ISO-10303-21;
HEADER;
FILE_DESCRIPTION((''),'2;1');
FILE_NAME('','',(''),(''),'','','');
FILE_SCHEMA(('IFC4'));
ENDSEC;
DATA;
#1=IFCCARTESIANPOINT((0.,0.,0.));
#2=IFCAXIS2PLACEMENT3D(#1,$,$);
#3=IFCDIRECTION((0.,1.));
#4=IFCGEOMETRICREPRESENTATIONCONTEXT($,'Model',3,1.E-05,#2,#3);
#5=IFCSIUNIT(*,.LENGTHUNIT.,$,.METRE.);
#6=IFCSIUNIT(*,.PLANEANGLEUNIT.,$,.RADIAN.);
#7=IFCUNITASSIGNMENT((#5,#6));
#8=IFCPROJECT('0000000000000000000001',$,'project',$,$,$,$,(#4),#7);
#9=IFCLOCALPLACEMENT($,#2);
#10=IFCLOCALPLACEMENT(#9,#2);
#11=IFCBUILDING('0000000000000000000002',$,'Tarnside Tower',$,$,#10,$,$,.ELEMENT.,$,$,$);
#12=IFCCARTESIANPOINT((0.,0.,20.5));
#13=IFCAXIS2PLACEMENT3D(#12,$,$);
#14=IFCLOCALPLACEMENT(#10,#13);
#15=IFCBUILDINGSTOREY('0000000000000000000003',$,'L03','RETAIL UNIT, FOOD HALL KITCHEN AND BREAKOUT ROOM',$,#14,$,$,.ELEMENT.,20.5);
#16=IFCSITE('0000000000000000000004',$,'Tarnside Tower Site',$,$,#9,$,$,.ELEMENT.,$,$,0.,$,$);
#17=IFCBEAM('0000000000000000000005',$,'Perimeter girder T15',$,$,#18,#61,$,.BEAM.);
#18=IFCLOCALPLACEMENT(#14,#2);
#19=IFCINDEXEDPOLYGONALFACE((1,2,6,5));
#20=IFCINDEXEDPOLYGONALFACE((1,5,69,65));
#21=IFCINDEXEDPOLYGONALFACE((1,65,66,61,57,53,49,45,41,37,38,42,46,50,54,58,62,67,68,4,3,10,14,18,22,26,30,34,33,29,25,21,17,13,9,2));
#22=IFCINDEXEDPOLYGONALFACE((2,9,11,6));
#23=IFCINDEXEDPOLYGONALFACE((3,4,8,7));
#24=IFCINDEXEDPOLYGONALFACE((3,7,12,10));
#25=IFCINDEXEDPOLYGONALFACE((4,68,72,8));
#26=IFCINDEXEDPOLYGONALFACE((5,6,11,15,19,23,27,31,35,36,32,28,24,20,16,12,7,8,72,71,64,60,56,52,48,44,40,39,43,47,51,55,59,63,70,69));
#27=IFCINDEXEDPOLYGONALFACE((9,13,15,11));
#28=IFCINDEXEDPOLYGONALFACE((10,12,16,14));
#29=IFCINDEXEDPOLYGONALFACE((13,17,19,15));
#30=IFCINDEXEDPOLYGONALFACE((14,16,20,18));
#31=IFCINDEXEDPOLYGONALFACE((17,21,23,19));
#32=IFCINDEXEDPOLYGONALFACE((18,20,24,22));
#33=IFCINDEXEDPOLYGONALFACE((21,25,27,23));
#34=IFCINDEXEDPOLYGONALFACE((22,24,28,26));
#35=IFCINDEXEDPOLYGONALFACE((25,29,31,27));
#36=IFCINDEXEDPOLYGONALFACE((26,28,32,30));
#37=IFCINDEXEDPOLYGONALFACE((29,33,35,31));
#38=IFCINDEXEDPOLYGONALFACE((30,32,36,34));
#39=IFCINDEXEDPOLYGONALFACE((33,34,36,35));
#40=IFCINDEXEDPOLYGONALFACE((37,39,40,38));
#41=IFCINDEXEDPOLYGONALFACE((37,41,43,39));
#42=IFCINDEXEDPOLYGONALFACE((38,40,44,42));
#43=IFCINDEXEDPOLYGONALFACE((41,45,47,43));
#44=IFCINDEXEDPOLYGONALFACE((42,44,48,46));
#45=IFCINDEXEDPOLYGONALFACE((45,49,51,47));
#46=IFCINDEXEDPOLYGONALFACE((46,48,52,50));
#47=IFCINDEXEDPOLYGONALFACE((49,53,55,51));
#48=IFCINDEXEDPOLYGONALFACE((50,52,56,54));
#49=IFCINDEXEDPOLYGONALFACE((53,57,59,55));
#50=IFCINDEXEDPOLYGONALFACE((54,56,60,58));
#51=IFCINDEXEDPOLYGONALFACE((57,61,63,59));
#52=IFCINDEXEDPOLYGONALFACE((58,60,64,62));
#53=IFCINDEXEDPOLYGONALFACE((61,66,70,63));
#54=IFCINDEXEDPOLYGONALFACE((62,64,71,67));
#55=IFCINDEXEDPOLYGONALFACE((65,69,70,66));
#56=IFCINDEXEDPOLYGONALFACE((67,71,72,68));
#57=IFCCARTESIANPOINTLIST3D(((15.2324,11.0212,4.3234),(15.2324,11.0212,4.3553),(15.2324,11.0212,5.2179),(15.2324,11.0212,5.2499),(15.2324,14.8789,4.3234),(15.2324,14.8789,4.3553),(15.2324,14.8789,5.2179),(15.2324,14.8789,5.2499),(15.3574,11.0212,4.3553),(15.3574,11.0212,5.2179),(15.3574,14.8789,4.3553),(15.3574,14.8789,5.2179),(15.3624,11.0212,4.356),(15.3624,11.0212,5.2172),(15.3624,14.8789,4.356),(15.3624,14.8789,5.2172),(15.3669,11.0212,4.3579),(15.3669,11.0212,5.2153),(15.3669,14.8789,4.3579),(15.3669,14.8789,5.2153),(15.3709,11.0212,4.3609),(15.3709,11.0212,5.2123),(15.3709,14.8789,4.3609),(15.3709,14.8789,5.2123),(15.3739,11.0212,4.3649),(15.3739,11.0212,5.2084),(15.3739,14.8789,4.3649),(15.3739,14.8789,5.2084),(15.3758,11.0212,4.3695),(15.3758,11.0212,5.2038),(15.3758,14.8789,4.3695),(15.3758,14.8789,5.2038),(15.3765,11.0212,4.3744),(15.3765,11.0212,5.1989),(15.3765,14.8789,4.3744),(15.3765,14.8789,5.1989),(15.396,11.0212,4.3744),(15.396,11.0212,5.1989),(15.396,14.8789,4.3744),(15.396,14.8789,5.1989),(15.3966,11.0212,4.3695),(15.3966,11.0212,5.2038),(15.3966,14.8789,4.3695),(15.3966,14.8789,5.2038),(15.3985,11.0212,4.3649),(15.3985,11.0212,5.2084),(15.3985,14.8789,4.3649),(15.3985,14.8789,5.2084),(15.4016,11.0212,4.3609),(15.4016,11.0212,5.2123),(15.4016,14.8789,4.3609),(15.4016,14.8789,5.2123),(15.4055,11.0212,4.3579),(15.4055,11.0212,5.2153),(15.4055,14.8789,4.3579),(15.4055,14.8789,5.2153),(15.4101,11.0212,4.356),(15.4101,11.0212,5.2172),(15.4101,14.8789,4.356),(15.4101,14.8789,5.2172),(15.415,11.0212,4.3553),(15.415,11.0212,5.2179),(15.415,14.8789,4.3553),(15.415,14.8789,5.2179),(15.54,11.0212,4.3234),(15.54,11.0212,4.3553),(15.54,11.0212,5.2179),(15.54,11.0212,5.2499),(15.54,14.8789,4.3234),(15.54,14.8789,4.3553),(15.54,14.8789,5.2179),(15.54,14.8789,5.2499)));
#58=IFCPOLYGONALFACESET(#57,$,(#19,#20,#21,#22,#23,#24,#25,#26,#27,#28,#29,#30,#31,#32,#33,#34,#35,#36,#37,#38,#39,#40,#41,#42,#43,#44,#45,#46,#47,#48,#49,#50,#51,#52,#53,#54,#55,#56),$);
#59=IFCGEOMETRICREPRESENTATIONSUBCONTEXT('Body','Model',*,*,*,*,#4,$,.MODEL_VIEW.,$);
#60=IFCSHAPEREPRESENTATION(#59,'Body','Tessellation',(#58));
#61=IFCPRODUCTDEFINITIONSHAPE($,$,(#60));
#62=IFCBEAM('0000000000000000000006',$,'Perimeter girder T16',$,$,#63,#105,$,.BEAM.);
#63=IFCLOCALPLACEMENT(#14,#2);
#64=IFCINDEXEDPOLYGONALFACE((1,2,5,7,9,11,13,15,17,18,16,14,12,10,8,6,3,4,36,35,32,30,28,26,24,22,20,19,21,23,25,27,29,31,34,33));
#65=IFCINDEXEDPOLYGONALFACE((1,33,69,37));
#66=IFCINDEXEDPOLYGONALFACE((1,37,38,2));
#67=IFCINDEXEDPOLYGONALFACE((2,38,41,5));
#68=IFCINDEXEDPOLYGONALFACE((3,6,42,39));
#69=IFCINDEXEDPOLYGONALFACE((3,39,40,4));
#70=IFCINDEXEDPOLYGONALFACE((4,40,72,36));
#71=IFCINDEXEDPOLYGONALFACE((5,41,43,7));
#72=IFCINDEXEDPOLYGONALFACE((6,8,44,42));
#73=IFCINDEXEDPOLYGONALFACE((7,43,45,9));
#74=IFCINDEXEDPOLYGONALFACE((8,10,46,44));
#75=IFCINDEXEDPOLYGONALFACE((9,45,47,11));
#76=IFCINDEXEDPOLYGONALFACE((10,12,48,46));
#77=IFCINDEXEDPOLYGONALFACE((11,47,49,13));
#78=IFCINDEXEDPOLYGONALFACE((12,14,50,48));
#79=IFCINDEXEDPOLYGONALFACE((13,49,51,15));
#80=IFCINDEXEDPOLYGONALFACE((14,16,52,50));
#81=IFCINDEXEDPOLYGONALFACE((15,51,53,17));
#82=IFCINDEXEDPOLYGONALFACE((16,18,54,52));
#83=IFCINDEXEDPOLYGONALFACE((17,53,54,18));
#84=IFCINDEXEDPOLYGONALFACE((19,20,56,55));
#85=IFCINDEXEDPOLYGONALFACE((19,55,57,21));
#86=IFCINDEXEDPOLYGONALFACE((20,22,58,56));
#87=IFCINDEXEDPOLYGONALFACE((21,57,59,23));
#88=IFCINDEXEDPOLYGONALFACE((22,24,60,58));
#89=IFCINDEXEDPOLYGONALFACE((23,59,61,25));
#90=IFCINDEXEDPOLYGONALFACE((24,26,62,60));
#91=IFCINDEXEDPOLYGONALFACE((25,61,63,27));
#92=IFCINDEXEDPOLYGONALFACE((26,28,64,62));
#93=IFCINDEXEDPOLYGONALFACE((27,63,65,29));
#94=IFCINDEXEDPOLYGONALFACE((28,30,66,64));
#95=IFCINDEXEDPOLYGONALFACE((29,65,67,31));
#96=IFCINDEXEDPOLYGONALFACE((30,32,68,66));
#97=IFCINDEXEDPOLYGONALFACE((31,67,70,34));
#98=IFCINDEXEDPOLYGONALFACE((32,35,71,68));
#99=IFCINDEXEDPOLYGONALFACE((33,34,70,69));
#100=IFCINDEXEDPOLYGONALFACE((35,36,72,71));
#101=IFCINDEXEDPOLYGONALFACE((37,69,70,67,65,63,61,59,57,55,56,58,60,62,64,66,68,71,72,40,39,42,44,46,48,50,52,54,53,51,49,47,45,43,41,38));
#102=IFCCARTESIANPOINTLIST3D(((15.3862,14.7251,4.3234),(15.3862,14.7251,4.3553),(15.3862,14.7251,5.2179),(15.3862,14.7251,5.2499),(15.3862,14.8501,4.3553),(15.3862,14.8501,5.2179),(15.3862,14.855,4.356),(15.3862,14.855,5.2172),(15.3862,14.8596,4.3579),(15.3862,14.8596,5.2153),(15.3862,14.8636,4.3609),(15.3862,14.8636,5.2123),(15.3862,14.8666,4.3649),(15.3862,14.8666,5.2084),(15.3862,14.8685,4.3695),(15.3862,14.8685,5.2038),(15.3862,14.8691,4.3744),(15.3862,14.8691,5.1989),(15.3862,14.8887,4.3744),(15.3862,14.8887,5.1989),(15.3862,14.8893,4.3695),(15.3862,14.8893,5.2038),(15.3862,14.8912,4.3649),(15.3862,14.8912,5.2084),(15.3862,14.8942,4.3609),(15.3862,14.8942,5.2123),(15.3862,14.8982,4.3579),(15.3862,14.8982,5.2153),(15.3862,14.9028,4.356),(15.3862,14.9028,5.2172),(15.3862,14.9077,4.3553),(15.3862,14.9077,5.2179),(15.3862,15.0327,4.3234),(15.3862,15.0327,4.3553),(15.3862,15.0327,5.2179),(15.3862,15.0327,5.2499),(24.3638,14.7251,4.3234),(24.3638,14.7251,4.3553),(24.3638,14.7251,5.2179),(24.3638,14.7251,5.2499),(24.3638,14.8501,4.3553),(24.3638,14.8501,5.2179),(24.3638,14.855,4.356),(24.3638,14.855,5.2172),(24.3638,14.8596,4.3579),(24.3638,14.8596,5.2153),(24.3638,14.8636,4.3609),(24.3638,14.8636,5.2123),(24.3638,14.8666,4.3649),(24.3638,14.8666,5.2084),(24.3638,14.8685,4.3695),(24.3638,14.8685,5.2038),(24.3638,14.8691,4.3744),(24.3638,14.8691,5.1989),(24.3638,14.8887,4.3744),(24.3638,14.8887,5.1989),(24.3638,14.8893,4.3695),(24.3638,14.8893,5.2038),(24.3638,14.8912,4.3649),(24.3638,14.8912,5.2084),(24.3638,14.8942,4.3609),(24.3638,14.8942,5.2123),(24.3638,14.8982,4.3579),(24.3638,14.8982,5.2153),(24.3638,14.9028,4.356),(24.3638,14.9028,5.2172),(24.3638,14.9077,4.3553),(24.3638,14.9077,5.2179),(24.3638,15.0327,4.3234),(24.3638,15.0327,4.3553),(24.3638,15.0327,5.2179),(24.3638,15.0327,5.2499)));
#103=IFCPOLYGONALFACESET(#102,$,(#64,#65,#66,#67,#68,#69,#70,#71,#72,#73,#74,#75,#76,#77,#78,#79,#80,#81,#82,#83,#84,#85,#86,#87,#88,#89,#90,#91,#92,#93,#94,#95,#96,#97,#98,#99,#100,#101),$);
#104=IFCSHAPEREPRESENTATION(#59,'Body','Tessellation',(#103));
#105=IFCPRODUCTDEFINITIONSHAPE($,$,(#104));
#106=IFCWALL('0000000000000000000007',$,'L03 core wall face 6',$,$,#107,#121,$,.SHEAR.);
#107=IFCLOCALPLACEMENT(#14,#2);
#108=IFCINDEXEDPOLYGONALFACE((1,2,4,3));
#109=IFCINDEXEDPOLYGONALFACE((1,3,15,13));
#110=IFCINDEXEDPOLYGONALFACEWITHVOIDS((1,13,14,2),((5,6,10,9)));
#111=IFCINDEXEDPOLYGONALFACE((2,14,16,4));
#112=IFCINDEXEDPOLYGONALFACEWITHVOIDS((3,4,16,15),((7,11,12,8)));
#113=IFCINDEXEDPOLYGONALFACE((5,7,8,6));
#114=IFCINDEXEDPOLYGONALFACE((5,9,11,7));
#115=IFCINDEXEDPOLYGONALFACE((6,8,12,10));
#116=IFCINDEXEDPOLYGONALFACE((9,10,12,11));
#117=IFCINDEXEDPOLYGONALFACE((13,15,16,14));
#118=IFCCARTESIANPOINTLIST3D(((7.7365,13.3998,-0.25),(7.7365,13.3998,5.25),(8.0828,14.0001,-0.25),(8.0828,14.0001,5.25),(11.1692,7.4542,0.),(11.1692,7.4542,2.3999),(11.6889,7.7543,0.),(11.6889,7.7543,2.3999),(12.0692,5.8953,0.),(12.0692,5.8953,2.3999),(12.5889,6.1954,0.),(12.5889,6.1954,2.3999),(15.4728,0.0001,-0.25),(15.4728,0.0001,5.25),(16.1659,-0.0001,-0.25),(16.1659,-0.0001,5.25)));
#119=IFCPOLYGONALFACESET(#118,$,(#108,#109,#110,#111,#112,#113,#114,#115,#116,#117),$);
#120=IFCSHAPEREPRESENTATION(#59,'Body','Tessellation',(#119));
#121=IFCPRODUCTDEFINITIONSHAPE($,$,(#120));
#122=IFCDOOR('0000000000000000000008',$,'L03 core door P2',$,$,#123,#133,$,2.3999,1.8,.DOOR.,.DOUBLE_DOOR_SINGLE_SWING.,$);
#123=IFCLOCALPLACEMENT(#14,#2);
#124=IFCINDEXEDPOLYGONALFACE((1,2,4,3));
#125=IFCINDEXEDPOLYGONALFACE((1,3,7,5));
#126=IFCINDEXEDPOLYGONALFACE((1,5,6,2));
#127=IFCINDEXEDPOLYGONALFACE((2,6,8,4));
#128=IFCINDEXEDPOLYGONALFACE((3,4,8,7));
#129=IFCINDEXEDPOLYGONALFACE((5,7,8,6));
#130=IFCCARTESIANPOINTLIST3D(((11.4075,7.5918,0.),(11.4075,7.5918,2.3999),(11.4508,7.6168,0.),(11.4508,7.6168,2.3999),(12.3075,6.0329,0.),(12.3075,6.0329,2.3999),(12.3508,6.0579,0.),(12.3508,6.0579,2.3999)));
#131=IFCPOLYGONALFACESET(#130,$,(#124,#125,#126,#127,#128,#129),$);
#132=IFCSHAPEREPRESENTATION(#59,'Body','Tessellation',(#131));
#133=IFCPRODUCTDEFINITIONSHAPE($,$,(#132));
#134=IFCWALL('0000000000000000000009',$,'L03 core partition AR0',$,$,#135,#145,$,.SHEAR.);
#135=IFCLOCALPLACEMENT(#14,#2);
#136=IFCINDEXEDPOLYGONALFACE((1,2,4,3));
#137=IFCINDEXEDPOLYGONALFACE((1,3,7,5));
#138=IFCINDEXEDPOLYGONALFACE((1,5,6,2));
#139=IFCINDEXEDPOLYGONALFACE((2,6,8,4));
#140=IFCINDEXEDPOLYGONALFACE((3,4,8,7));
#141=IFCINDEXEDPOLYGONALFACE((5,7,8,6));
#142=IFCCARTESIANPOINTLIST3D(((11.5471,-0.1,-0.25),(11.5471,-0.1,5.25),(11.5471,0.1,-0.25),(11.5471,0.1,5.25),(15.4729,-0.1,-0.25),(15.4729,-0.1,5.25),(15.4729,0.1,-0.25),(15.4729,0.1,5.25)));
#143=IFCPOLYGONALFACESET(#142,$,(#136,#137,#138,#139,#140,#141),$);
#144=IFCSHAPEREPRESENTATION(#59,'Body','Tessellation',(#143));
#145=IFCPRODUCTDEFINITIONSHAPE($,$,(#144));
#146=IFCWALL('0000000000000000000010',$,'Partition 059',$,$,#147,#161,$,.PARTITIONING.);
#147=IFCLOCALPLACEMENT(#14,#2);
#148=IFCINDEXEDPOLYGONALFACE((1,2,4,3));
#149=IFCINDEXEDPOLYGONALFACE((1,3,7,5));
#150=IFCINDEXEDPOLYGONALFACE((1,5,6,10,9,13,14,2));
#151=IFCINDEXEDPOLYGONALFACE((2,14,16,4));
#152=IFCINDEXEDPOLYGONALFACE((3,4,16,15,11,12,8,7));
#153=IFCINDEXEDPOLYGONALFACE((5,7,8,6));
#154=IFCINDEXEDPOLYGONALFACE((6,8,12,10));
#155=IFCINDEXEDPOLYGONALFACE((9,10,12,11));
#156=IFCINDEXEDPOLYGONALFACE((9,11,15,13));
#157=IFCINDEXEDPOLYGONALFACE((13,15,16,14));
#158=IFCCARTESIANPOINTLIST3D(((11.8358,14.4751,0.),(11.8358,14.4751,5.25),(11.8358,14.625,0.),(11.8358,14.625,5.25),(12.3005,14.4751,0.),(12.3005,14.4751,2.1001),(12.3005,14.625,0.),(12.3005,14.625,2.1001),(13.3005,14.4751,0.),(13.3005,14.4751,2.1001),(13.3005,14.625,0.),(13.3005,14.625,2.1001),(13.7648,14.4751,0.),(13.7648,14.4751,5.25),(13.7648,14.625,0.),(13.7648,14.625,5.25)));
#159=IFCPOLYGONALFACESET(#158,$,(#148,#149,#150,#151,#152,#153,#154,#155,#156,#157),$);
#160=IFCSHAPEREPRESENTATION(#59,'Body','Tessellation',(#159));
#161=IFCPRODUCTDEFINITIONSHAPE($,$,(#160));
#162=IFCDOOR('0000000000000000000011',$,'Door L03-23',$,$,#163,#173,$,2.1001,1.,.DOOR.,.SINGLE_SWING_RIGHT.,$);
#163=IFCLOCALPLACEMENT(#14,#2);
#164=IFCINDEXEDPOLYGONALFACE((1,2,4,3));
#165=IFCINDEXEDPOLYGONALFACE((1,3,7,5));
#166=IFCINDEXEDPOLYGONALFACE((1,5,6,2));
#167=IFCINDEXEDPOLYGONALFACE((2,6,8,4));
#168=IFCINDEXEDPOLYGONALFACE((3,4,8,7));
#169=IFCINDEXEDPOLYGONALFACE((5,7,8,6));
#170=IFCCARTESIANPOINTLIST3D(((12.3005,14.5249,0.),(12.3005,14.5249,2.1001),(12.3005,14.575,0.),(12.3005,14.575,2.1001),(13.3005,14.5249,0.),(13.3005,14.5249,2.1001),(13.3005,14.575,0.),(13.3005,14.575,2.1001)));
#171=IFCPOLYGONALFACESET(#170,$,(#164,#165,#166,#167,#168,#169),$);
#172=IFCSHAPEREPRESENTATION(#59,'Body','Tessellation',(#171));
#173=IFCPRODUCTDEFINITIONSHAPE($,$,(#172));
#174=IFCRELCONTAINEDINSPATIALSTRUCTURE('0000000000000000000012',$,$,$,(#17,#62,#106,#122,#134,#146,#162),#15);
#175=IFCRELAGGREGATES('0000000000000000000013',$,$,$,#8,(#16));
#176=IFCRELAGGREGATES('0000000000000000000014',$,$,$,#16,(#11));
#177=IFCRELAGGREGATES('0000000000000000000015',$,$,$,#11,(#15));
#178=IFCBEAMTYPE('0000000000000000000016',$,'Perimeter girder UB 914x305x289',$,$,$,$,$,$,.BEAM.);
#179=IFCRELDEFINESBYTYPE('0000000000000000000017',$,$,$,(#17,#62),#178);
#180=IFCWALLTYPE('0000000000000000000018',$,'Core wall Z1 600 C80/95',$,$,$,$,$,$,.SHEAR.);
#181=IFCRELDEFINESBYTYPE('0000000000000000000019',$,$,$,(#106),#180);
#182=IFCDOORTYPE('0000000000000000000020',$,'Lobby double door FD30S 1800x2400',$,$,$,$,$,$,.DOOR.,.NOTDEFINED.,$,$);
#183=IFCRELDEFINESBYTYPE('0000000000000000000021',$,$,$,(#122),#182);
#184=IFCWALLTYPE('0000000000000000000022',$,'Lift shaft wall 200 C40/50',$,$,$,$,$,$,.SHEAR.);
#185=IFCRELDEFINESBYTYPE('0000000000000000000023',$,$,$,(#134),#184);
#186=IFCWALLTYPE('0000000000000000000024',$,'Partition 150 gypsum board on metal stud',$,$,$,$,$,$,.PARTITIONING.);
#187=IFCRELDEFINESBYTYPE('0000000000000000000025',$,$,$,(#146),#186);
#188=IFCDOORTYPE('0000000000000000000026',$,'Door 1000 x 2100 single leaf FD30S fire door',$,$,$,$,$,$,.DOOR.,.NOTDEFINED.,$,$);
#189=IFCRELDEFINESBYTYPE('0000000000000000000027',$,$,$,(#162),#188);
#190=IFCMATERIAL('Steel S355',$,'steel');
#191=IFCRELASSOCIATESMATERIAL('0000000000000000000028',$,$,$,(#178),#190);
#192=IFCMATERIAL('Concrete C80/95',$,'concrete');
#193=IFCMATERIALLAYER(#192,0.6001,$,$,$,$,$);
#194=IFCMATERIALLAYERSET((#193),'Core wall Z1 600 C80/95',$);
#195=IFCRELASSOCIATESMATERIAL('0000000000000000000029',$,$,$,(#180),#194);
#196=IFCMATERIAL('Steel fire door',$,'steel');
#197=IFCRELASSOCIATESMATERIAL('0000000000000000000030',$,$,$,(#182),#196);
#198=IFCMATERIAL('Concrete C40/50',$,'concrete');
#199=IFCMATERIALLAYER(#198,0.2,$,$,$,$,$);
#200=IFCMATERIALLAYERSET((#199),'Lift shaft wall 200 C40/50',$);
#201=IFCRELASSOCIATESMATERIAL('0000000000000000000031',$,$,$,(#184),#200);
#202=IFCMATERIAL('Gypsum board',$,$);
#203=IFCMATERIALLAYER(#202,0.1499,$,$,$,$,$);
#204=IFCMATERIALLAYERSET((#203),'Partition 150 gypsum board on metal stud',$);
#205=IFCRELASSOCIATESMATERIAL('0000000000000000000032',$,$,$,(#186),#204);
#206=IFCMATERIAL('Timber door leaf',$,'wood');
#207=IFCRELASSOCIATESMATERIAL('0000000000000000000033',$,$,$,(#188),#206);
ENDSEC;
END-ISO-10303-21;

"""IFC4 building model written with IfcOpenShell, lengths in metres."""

from ifc_helpers import new_model, si_unit, direction, frame, frame_2d, origin, origin_2d, place, context, subcontext, project, spatial, polyline, rectangle, i_section, outline, extrude, material, layer, layer_set, material_profile, profile_set, type_object, element, fill, save


model = new_model("IFC4")

# Units and contexts
model_context = context("Model", 3, precision=1e-05, world=origin(), true_north=direction((0.0, 1.0)))
body_context = subcontext(model_context, "Body", "Model", "MODEL_VIEW")
ifc_project = project(units=[si_unit("LENGTHUNIT", "METRE"), si_unit("PLANEANGLEUNIT", "RADIAN")], contexts=[model_context])

# Site, building, storey
site_placement = place(None, origin())
site = spatial("IfcSite", under=ifc_project, at=site_placement, Name="Tarnside Tower Site", CompositionType="ELEMENT", RefElevation=0.0)
building_placement = place(site_placement, origin())
building = spatial("IfcBuilding", under=site, at=building_placement, Name="Tarnside Tower", CompositionType="ELEMENT")
storey_placement = place(building_placement, frame((0.0, 0.0, 20.5)))
storey = spatial("IfcBuildingStorey", under=building, at=storey_placement, Name="L03", Description="RETAIL UNIT, FOOD HALL KITCHEN AND BREAKOUT ROOM", CompositionType="ELEMENT", Elevation=20.5)

# Beams
ifc_material_1 = material(Name="Steel S355", Category="steel")
ifc_material_profile_1 = material_profile(ifc_material_1, i_section(OverallWidth=0.3076, OverallDepth=0.9265, WebThickness=0.0195, FlangeThickness=0.032, FilletRadius=0.019, at=origin_2d()), Name="UB 914x305x289")
ifc_profile_set_1 = profile_set([ifc_material_profile_1], Name="Steel S355")
beam_type_1 = type_object("IfcBeamType", Name="Perimeter girder UB 914x305x289", PredefinedType="BEAM", material=ifc_profile_set_1)
beam_1_placement = place(storey_placement, frame((15.3862, 11.0212, 4.7866), z_axis=(0.0, 1.0, 0.0), x_axis=(-1.0, 0.0, 0.0)))
element("IfcBeam", 1, at=beam_1_placement, inside=storey, type_object=beam_type_1, Name="Perimeter girder T15", PredefinedType="BEAM", context=body_context, shape_type="SweptSolid", body=[
    extrude(i_section(OverallWidth=0.3076, OverallDepth=0.9265, WebThickness=0.0195, FlangeThickness=0.032, FilletRadius=0.019, at=origin_2d()), origin(), (0.0, 0.0, 1.0), 3.8577),
])
beam_2_placement = place(storey_placement, frame((15.3862, 14.8789, 4.7866), z_axis=(1.0, 0.0, 0.0), x_axis=(0.0, 1.0, 0.0)))
element("IfcBeam", 2, at=beam_2_placement, inside=storey, type_object=beam_type_1, Name="Perimeter girder T16", PredefinedType="BEAM", context=body_context, shape_type="SweptSolid", body=[
    extrude(i_section(OverallWidth=0.3076, OverallDepth=0.9265, WebThickness=0.0195, FlangeThickness=0.032, FilletRadius=0.019, at=origin_2d()), origin(), (0.0, 0.0, 1.0), 8.9775),
])

# Wall, opening, door
ifc_material_2 = material(Name="Concrete C80/95", Category="concrete")
ifc_layer_1 = layer(ifc_material_2, 0.6001)
ifc_layer_set_1 = layer_set([ifc_layer_1], Name="Core wall Z1 600 C80/95")
wall_type_1 = type_object("IfcWallType", Name="Core wall Z1 600 C80/95", PredefinedType="SHEAR", material=ifc_layer_set_1)
wall_1_placement = place(storey_placement, frame((15.8193, 0.0, -0.25), z_axis=(0.0, 0.0, 1.0), x_axis=(-0.5, 0.866025, 0.0)))
wall_1 = element("IfcWall", 3, at=wall_1_placement, inside=storey, type_object=wall_type_1, Name="L03 core wall face 6", PredefinedType="SHEAR", context=body_context, shape_type="SweptSolid", body=[
    extrude(outline(polyline([(-0.1733, -0.3), (15.9927, -0.3), (15.646, 0.3), (0.1733, 0.3), (-0.1733, -0.3)])), origin(), (0.0, 0.0, 1.0), 5.5),
])
opening_1_placement = place(wall_1_placement, frame((6.9807, 0.0, 0.25)))
opening_1 = element("IfcOpeningElement", 4, at=opening_1_placement, cuts=wall_1, PredefinedType="OPENING", context=body_context, shape_type="SweptSolid", body=[
    extrude(rectangle(XDim=1.8, YDim=2.3999, at=frame_2d((0.8999, 1.2))), frame((0.0, 0.3101, 0.0), z_axis=(0.0, -1.0, 0.0), x_axis=(1.0, 0.0, 0.0)), (0.0, 0.0, 1.0), 0.6201),
])
ifc_material_3 = material(Name="Steel fire door", Category="steel")
door_type_1 = type_object("IfcDoorType", Name="Lobby double door FD30S 1800x2400", OperationType="NOTDEFINED", PredefinedType="DOOR", material=ifc_material_3)
door_1_placement = place(opening_1_placement, origin())
door_1 = element("IfcDoor", 5, at=door_1_placement, inside=storey, type_object=door_type_1, Name="L03 core door P2", OperationType="DOUBLE_DOOR_SINGLE_SWING", OverallHeight=2.3999, OverallWidth=1.8, PredefinedType="DOOR", context=body_context, shape_type="SweptSolid", body=[
    extrude(rectangle(XDim=1.8, YDim=2.3999, at=frame_2d((0.8999, 1.2))), frame((0.0, 0.0249, 0.0), z_axis=(0.0, -1.0, 0.0), x_axis=(1.0, 0.0, 0.0)), (0.0, 0.0, 1.0), 0.05),
])
fill(opening_1, door_1)

# Wall
ifc_material_4 = material(Name="Concrete C40/50", Category="concrete")
ifc_layer_2 = layer(ifc_material_4, 0.2)
ifc_layer_set_2 = layer_set([ifc_layer_2], Name="Lift shaft wall 200 C40/50")
wall_type_2 = type_object("IfcWallType", Name="Lift shaft wall 200 C40/50", PredefinedType="SHEAR", material=ifc_layer_set_2)
wall_2_placement = place(storey_placement, frame((11.5471, 0.0, -0.25), z_axis=(0.0, 0.0, 1.0), x_axis=(1.0, 0.0, 0.0)))
element("IfcWall", 6, at=wall_2_placement, inside=storey, type_object=wall_type_2, Name="L03 core partition AR0", PredefinedType="SHEAR", context=body_context, shape_type="SweptSolid", body=[
    extrude(rectangle(XDim=3.9258, YDim=0.2, at=frame_2d((1.9629, 0.0))), origin(), (0.0, 0.0, 1.0), 5.5),
])

# Wall, opening, door
ifc_material_5 = material(Name="Gypsum board")
ifc_layer_3 = layer(ifc_material_5, 0.1499)
ifc_layer_set_3 = layer_set([ifc_layer_3], Name="Partition 150 gypsum board on metal stud")
wall_type_3 = type_object("IfcWallType", Name="Partition 150 gypsum board on metal stud", PredefinedType="PARTITIONING", material=ifc_layer_set_3)
wall_3_placement = place(storey_placement, frame((11.8359, 14.55, 0.0), z_axis=(0.0, 0.0, 1.0), x_axis=(1.0, 0.0, 0.0)))
wall_3 = element("IfcWall", 7, at=wall_3_placement, inside=storey, type_object=wall_type_3, Name="Partition 059", PredefinedType="PARTITIONING", context=body_context, shape_type="SweptSolid", body=[
    extrude(rectangle(XDim=1.929, YDim=0.1499, at=frame_2d((0.9644, 0.0))), origin(), (0.0, 0.0, 1.0), 5.25),
])
opening_2_placement = place(wall_3_placement, frame((0.4646, 0.0, 0.0)))
opening_2 = element("IfcOpeningElement", 8, at=opening_2_placement, cuts=wall_3, PredefinedType="OPENING", context=body_context, shape_type="SweptSolid", body=[
    extrude(rectangle(XDim=1.0, YDim=2.1001, at=frame_2d((0.5, 1.05))), frame((0.0, 0.085, 0.0), z_axis=(0.0, -1.0, 0.0), x_axis=(1.0, 0.0, 0.0)), (0.0, 0.0, 1.0), 0.1699),
])
ifc_material_6 = material(Name="Timber door leaf", Category="wood")
door_type_2 = type_object("IfcDoorType", Name="Door 1000 x 2100 single leaf FD30S fire door", OperationType="NOTDEFINED", PredefinedType="DOOR", material=ifc_material_6)
door_2_placement = place(opening_2_placement, origin())
door_2 = element("IfcDoor", 9, at=door_2_placement, inside=storey, type_object=door_type_2, Name="Door L03-23", OperationType="SINGLE_SWING_RIGHT", OverallHeight=2.1001, OverallWidth=1.0, PredefinedType="DOOR", context=body_context, shape_type="SweptSolid", body=[
    extrude(rectangle(XDim=1.0, YDim=2.1001, at=frame_2d((0.5, 1.05))), frame((0.0, 0.0249, 0.0), z_axis=(0.0, -1.0, 0.0), x_axis=(1.0, 0.0, 0.0)), (0.0, 0.0, 1.0), 0.05),
])
fill(opening_2, door_2)

save(model, "model.ifc")
